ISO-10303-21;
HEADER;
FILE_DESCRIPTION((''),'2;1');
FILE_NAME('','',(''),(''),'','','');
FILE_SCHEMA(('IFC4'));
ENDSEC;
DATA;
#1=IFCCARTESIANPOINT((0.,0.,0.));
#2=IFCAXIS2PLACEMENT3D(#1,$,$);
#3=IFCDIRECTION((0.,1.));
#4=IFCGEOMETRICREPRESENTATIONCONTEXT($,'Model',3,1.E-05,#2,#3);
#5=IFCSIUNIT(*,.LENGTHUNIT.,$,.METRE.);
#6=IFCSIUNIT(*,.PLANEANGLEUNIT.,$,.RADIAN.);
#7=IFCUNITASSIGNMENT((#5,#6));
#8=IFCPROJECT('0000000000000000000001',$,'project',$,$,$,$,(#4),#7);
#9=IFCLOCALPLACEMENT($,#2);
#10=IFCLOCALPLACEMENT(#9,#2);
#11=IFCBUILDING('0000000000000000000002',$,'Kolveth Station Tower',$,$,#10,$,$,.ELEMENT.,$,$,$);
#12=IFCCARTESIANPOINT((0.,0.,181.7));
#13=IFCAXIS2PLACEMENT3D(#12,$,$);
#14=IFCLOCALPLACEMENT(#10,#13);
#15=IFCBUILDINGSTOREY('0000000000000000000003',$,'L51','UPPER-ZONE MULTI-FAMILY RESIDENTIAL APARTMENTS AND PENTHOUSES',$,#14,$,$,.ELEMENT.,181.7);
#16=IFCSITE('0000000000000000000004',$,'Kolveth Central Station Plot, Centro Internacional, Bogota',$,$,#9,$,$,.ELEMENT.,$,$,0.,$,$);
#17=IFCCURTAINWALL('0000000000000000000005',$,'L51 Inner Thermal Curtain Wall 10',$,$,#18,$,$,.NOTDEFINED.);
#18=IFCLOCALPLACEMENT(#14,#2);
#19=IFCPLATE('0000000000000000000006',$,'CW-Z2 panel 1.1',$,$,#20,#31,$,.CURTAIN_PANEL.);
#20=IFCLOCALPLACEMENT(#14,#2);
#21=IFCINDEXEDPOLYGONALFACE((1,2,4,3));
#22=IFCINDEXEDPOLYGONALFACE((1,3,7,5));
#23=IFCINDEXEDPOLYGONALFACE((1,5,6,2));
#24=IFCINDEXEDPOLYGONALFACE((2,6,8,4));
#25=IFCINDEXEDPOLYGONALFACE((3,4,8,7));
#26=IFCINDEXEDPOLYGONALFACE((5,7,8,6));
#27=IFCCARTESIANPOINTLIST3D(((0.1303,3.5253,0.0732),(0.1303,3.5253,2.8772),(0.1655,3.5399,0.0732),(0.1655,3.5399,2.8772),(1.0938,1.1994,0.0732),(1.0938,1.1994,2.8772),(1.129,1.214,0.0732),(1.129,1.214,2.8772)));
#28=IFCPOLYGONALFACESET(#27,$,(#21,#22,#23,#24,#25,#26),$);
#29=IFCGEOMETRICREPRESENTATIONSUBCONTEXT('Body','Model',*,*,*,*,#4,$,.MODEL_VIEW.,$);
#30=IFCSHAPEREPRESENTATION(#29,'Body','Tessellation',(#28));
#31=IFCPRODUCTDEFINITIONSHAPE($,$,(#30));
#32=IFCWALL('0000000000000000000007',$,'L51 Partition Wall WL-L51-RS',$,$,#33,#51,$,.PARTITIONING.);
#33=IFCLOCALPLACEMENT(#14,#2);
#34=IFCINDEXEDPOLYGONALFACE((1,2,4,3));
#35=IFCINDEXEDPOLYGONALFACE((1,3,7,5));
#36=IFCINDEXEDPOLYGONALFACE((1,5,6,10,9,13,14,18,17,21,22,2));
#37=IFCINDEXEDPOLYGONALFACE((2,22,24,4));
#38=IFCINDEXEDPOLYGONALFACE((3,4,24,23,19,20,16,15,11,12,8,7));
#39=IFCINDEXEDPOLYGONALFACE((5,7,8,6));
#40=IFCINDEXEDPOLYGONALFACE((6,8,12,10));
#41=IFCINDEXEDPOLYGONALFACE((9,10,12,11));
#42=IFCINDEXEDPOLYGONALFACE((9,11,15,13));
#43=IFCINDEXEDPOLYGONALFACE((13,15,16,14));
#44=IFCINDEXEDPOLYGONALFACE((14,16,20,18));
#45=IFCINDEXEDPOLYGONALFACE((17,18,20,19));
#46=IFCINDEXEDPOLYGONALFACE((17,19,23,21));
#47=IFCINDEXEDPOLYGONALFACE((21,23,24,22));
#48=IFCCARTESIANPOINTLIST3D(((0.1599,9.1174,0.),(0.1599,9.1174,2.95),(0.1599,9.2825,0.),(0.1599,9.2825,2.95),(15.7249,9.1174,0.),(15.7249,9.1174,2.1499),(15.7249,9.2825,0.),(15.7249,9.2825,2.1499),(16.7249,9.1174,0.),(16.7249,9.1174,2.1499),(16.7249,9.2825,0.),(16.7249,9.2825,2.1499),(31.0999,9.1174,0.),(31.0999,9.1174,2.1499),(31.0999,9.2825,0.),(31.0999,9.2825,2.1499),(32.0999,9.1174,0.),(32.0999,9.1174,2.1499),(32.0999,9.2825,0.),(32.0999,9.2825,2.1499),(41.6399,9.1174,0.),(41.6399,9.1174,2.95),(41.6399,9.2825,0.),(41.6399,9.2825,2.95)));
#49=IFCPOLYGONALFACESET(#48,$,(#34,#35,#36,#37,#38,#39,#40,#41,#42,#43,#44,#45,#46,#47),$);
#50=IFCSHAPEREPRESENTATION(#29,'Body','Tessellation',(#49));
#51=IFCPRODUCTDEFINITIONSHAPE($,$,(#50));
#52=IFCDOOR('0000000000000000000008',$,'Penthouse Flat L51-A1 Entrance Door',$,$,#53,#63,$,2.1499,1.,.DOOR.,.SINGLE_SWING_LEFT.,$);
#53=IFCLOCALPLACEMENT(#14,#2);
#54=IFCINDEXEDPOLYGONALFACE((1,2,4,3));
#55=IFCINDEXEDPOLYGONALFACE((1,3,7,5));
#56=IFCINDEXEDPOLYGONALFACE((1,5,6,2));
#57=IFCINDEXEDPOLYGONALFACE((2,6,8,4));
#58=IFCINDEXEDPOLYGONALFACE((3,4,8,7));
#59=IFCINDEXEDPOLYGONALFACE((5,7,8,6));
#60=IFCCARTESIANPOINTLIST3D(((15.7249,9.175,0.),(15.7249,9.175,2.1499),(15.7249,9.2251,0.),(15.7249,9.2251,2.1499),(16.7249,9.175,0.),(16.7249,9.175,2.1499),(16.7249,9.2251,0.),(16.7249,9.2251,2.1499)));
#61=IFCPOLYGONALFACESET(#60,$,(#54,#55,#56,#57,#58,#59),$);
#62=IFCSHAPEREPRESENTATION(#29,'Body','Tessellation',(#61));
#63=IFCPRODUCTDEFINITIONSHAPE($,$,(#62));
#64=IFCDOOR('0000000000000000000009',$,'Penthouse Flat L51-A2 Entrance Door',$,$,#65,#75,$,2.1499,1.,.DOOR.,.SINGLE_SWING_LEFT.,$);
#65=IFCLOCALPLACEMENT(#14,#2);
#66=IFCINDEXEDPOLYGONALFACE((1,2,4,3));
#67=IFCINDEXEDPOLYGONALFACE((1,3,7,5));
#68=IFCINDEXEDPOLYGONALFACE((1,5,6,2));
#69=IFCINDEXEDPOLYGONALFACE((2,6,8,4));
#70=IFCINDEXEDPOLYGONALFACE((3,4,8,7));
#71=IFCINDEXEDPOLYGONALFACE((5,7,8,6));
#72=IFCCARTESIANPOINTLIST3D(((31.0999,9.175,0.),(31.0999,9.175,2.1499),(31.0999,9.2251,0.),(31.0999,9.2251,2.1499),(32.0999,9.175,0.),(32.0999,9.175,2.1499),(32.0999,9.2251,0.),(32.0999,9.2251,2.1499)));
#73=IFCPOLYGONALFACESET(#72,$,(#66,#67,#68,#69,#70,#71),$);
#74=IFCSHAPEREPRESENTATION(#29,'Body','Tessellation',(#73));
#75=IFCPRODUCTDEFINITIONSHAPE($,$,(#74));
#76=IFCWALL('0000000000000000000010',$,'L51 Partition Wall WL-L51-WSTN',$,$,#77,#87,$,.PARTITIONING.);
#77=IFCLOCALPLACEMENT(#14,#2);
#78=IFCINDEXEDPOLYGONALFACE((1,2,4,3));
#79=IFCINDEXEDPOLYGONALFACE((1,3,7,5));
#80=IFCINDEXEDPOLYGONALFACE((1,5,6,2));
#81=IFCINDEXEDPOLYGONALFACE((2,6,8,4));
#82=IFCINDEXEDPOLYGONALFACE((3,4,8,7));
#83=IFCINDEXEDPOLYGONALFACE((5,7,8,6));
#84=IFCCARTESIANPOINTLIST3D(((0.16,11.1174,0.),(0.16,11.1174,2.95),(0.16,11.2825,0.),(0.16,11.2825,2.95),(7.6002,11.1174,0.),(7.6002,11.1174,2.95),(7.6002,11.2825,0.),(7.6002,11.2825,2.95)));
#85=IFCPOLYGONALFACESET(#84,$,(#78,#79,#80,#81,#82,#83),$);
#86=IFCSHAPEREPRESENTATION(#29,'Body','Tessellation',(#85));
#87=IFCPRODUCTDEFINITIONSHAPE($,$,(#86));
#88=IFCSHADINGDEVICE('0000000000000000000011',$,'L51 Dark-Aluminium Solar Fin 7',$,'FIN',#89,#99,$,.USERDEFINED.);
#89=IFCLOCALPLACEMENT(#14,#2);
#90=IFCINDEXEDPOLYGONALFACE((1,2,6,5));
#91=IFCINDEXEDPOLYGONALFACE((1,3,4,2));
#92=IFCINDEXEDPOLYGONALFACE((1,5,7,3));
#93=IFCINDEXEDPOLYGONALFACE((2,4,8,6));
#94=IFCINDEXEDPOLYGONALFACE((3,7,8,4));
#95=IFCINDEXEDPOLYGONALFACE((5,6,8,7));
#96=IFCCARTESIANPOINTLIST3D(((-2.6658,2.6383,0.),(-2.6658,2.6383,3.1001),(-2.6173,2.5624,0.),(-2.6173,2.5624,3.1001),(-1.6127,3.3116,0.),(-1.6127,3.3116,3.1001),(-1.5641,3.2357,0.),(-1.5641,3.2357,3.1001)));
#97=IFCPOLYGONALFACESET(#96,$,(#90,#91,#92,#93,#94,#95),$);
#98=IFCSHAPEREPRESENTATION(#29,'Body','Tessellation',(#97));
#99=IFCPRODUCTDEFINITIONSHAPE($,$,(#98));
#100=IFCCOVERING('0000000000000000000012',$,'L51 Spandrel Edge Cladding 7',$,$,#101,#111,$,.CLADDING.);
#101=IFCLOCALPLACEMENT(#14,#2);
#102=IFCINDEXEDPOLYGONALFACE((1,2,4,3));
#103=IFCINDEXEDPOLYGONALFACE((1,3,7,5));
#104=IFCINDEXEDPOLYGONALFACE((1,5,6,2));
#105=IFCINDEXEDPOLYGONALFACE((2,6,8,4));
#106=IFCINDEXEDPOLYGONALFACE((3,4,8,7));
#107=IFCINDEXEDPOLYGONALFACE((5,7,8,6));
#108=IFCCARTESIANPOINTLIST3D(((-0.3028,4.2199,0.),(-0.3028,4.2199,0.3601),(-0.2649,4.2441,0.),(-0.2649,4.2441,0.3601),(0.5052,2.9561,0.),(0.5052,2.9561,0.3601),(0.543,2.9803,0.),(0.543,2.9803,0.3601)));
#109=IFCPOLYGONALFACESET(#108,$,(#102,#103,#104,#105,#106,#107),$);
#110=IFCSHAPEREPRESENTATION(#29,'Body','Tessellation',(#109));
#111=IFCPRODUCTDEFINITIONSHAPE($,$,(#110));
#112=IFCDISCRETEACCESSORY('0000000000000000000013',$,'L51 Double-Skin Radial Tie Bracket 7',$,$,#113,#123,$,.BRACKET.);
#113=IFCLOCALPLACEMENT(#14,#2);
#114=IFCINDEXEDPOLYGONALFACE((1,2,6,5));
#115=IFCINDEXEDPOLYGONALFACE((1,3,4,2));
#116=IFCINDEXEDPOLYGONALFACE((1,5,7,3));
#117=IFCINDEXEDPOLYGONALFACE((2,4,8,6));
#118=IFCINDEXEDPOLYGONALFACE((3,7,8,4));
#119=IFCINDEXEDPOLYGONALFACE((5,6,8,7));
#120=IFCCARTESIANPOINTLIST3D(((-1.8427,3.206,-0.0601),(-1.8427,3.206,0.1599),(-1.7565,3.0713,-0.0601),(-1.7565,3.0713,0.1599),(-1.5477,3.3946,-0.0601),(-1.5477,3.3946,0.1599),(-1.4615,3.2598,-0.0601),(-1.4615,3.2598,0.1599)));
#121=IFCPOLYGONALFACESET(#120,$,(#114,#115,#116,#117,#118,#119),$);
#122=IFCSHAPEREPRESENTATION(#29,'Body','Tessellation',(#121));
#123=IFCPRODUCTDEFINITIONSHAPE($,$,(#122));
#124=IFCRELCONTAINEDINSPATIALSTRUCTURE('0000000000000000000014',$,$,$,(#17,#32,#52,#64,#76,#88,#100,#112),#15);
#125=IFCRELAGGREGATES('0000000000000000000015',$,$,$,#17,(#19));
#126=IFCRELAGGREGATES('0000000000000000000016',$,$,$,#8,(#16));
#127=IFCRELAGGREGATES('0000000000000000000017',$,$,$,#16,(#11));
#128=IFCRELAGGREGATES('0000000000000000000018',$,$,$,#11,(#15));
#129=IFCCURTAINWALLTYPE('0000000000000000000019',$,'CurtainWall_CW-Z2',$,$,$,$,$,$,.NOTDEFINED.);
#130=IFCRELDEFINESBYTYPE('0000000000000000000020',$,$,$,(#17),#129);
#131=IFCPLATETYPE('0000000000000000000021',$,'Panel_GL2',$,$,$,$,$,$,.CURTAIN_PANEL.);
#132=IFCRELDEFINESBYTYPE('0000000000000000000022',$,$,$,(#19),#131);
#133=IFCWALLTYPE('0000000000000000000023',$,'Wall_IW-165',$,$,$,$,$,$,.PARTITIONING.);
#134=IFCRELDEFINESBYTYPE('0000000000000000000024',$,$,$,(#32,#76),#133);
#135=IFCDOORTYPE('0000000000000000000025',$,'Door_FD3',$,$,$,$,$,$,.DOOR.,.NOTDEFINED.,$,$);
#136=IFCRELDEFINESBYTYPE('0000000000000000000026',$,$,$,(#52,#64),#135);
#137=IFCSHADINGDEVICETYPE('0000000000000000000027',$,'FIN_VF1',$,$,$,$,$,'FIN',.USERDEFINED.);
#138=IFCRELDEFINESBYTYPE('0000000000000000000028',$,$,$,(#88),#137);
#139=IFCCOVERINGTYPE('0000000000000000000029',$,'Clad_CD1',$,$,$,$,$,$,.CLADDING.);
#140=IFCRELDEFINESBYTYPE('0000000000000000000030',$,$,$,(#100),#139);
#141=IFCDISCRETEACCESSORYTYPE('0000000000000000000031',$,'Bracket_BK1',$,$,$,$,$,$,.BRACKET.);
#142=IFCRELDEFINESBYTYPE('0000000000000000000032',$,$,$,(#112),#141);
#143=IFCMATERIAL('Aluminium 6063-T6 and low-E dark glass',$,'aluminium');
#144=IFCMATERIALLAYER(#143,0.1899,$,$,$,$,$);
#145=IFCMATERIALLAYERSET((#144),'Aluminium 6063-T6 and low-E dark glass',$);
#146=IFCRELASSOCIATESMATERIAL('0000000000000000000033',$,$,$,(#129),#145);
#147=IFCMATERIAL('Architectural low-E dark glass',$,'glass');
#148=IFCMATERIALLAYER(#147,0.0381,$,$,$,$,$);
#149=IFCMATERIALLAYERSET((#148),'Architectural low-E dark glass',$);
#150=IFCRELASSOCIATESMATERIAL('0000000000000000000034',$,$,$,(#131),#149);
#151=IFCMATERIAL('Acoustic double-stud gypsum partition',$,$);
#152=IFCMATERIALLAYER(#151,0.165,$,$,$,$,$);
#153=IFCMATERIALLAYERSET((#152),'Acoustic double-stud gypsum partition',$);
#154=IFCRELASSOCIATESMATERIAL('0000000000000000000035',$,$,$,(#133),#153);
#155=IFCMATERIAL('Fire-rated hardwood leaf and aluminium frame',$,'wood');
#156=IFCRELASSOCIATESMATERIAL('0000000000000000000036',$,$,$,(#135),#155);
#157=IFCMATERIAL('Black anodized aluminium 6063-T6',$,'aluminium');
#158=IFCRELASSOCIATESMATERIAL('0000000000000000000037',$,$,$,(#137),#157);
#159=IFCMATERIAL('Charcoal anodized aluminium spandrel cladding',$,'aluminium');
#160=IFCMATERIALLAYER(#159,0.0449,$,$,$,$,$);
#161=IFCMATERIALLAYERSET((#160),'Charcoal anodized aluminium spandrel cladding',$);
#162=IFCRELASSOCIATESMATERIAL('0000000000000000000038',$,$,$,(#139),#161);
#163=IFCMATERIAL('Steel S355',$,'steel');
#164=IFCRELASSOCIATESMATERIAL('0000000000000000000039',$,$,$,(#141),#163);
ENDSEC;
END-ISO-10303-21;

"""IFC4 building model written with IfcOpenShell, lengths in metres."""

from ifc_helpers import new_model, si_unit, direction, frame, frame_2d, origin, origin_2d, place, context, subcontext, project, spatial, rectangle, extrude, source, transform, mapped, material, layer, layer_set, type_object, element, fill, aggregate, save


model = new_model("IFC4")

# Units and contexts
model_context = context("Model", 3, precision=1e-05, world=origin(), true_north=direction((0.0, 1.0)))
body_context = subcontext(model_context, "Body", "Model", "MODEL_VIEW")
ifc_project = project(units=[si_unit("LENGTHUNIT", "METRE"), si_unit("PLANEANGLEUNIT", "RADIAN")], contexts=[model_context])

# Site, building, storey
site_placement = place(None, origin())
site = spatial("IfcSite", under=ifc_project, at=site_placement, Name="Kolveth Central Station Plot, Centro Internacional, Bogota", CompositionType="ELEMENT", RefElevation=0.0)
building_placement = place(site_placement, origin())
building = spatial("IfcBuilding", under=site, at=building_placement, Name="Kolveth Station Tower", CompositionType="ELEMENT")
storey_placement = place(building_placement, frame((0.0, 0.0, 181.7)))
storey = spatial("IfcBuildingStorey", under=building, at=storey_placement, Name="L51", Description="UPPER-ZONE MULTI-FAMILY RESIDENTIAL APARTMENTS AND PENTHOUSES", CompositionType="ELEMENT", Elevation=181.7)

# Shared definitions
ifc_material_1 = material(Name="Steel S355", Category="steel")

# Curtain wall
ifc_material_2 = material(Name="Aluminium 6063-T6 and low-E dark glass", Category="aluminium")
ifc_layer_1 = layer(ifc_material_2, 0.1899)
ifc_layer_set_1 = layer_set([ifc_layer_1], Name="Aluminium 6063-T6 and low-E dark glass")
curtain_wall_type_1 = type_object("IfcCurtainWallType", Name="CurtainWall_CW-Z2", PredefinedType="NOTDEFINED", material=ifc_layer_set_1)
ifc_material_3 = material(Name="Black anodized aluminium 6063-T6", Category="aluminium")
curtain_wall_1_placement = place(storey_placement, origin())
curtain_wall_1 = element("IfcCurtainWall", 1, at=curtain_wall_1_placement, inside=storey, type_object=curtain_wall_type_1, Name="L51 Inner Thermal Curtain Wall 10", PredefinedType="NOTDEFINED")

# Plate
ifc_material_4 = material(Name="Architectural low-E dark glass", Category="glass")
ifc_layer_2 = layer(ifc_material_4, 0.0381)
ifc_layer_set_2 = layer_set([ifc_layer_2], Name="Architectural low-E dark glass")
plate_type = type_object("IfcPlateType", Name="Panel_GL2", PredefinedType="CURTAIN_PANEL", material=ifc_layer_set_2)
shared_shape_1 = source(origin(), body_context, "Body", "SweptSolid", [
    extrude(rectangle(XDim=2.5176, YDim=0.0381, at=origin_2d()), origin(), (0.0, 0.0, 1.0), 2.804),
])
plate_placement = place(storey_placement, frame((0.6296, 2.3696, 0.0732), z_axis=(0.0, 0.0, 1.0), x_axis=(0.382698, -0.923874, 0.0)))
plate = element("IfcPlate", 2, at=plate_placement, type_object=plate_type, Name="CW-Z2 panel 1.1", PredefinedType="CURTAIN_PANEL", context=body_context, shape_type="MappedRepresentation", body=[
    mapped(shared_shape_1, transform((0.0, 0.0, 0.0), x_axis=(1.0, 0.0, 0.0), y_axis=(0.0, 1.0, 0.0), z_axis=(0.0, 0.0, 1.0), scale=1.0)),
])
aggregate(curtain_wall_1, [plate])

# Wall, openings, doors
ifc_material_5 = material(Name="Acoustic double-stud gypsum partition")
ifc_layer_3 = layer(ifc_material_5, 0.165)
ifc_layer_set_3 = layer_set([ifc_layer_3], Name="Acoustic double-stud gypsum partition")
wall_type = type_object("IfcWallType", Name="Wall_IW-165", PredefinedType="PARTITIONING", material=ifc_layer_set_3)
wall_1_placement = place(storey_placement, frame((0.1599, 9.2, 0.0), z_axis=(0.0, 0.0, 1.0), x_axis=(1.0, 0.0, 0.0)))
wall_1 = element("IfcWall", 3, at=wall_1_placement, inside=storey, type_object=wall_type, Name="L51 Partition Wall WL-L51-RS", PredefinedType="PARTITIONING", context=body_context, shape_type="SweptSolid", body=[
    extrude(rectangle(XDim=41.48, YDim=0.165, at=frame_2d((20.74, 0.0))), origin(), (0.0, 0.0, 1.0), 2.95),
])
opening_1_placement = place(wall_1_placement, frame((15.5649, 0.0, 0.0)))
opening_1 = element("IfcOpeningElement", 4, at=opening_1_placement, cuts=wall_1, PredefinedType="OPENING", context=body_context, shape_type="SweptSolid", body=[
    extrude(rectangle(XDim=1.0, YDim=2.1499, at=frame_2d((0.5, 1.075))), frame((0.0, 0.0925, 0.0), z_axis=(0.0, -1.0, 0.0), x_axis=(1.0, 0.0, 0.0)), (0.0, 0.0, 1.0), 0.1851),
])
opening_2_placement = place(wall_1_placement, frame((30.9399, 0.0, 0.0)))
opening_2 = element("IfcOpeningElement", 5, at=opening_2_placement, cuts=wall_1, PredefinedType="OPENING", context=body_context, shape_type="SweptSolid", body=[
    extrude(rectangle(XDim=1.0, YDim=2.1499, at=frame_2d((0.5, 1.075))), frame((0.0, 0.0925, 0.0), z_axis=(0.0, -1.0, 0.0), x_axis=(1.0, 0.0, 0.0)), (0.0, 0.0, 1.0), 0.1851),
])
ifc_material_6 = material(Name="Fire-rated hardwood leaf and aluminium frame", Category="wood")
door_type = type_object("IfcDoorType", Name="Door_FD3", OperationType="NOTDEFINED", PredefinedType="DOOR", material=ifc_material_6)
door_1_placement = place(opening_1_placement, frame((1.0, 0.0, 0.0), z_axis=(0.0, 0.0, 1.0), x_axis=(-1.0, 0.0, 0.0)))
door_1 = element("IfcDoor", 6, at=door_1_placement, inside=storey, type_object=door_type, Name="Penthouse Flat L51-A1 Entrance Door", OperationType="SINGLE_SWING_LEFT", OverallHeight=2.1499, OverallWidth=1.0, PredefinedType="DOOR", context=body_context, shape_type="SweptSolid", body=[
    extrude(rectangle(XDim=1.0, YDim=2.1499, at=frame_2d((0.5, 1.075))), frame((0.0, 0.0249, 0.0), z_axis=(0.0, -1.0, 0.0), x_axis=(1.0, 0.0, 0.0)), (0.0, 0.0, 1.0), 0.05),
])
fill(opening_1, door_1)
door_2_placement = place(opening_2_placement, frame((1.0, 0.0, 0.0), z_axis=(0.0, 0.0, 1.0), x_axis=(-1.0, 0.0, 0.0)))
door_2 = element("IfcDoor", 7, at=door_2_placement, inside=storey, type_object=door_type, Name="Penthouse Flat L51-A2 Entrance Door", OperationType="SINGLE_SWING_LEFT", OverallHeight=2.1499, OverallWidth=1.0, PredefinedType="DOOR", context=body_context, shape_type="SweptSolid", body=[
    extrude(rectangle(XDim=1.0, YDim=2.1499, at=frame_2d((0.5, 1.075))), frame((0.0, 0.0249, 0.0), z_axis=(0.0, -1.0, 0.0), x_axis=(1.0, 0.0, 0.0)), (0.0, 0.0, 1.0), 0.05),
])
fill(opening_2, door_2)

# Wall
wall_2_placement = place(storey_placement, frame((0.1599, 11.2, 0.0), z_axis=(0.0, 0.0, 1.0), x_axis=(1.0, 0.0, 0.0)))
element("IfcWall", 8, at=wall_2_placement, inside=storey, type_object=wall_type, Name="L51 Partition Wall WL-L51-WSTN", PredefinedType="PARTITIONING", context=body_context, shape_type="SweptSolid", body=[
    extrude(rectangle(XDim=7.4402, YDim=0.165, at=frame_2d((3.7202, 0.0))), origin(), (0.0, 0.0, 1.0), 2.95),
])

# Shading device
shading_device_type = type_object("IfcShadingDeviceType", Name="FIN_VF1", ElementType="FIN", PredefinedType="USERDEFINED", material=ifc_material_3)
shared_shape_2 = source(origin(), body_context, "Body", "SweptSolid", [
    extrude(rectangle(XDim=1.25, YDim=0.0901, at=origin_2d()), origin(), (0.0, 0.0, 1.0), 3.1001),
])
shading_device_placement = place(storey_placement, frame((-2.115, 2.937, 0.0), z_axis=(0.0, 0.0, 1.0), x_axis=(-0.842546, -0.538624, 0.0)))
element("IfcShadingDevice", 9, at=shading_device_placement, inside=storey, type_object=shading_device_type, Name="L51 Dark-Aluminium Solar Fin 7", ObjectType="FIN", PredefinedType="USERDEFINED", context=body_context, shape_type="MappedRepresentation", body=[
    mapped(shared_shape_2, transform((0.0, 0.0, 0.0), x_axis=(1.0, 0.0, 0.0), y_axis=(0.0, 1.0, 0.0), z_axis=(0.0, 0.0, 1.0), scale=1.0)),
])

# Covering
ifc_material_7 = material(Name="Charcoal anodized aluminium spandrel cladding", Category="aluminium")
ifc_layer_4 = layer(ifc_material_7, 0.0449)
ifc_layer_set_4 = layer_set([ifc_layer_4], Name="Charcoal anodized aluminium spandrel cladding")
covering_type = type_object("IfcCoveringType", Name="Clad_CD1", PredefinedType="CLADDING", material=ifc_layer_set_4)
shared_shape_3 = source(origin(), body_context, "Body", "SweptSolid", [
    extrude(rectangle(XDim=1.5, YDim=0.0449, at=origin_2d()), origin(), (0.0, 0.0, 1.0), 0.3601),
])
covering_placement = place(storey_placement, frame((0.1201, 3.6001, 0.0), z_axis=(0.0, 0.0, 1.0), x_axis=(0.538624, -0.842546, 0.0)))
element("IfcCovering", 10, at=covering_placement, inside=storey, type_object=covering_type, Name="L51 Spandrel Edge Cladding 7", PredefinedType="CLADDING", context=body_context, shape_type="MappedRepresentation", body=[
    mapped(shared_shape_3, transform((0.0, 0.0, 0.0), x_axis=(1.0, 0.0, 0.0), y_axis=(0.0, 1.0, 0.0), z_axis=(0.0, 0.0, 1.0), scale=1.0)),
])

# Discrete accessory
discrete_accessory_type = type_object("IfcDiscreteAccessoryType", Name="Bracket_BK1", PredefinedType="BRACKET", material=ifc_material_1)
shared_shape_4 = source(origin(), body_context, "Body", "SweptSolid", [
    extrude(rectangle(XDim=0.3501, YDim=0.1599, at=origin_2d()), origin(), (0.0, 0.0, 1.0), 0.22),
])
discrete_accessory_placement = place(storey_placement, frame((-1.6521, 3.2329, -0.0601), z_axis=(0.0, 0.0, 1.0), x_axis=(-0.842546, -0.538624, 0.0)))
element("IfcDiscreteAccessory", 11, at=discrete_accessory_placement, inside=storey, type_object=discrete_accessory_type, Name="L51 Double-Skin Radial Tie Bracket 7", PredefinedType="BRACKET", context=body_context, shape_type="MappedRepresentation", body=[
    mapped(shared_shape_4, transform((0.0, 0.0, 0.0), x_axis=(1.0, 0.0, 0.0), y_axis=(0.0, 1.0, 0.0), z_axis=(0.0, 0.0, 1.0), scale=1.0)),
])

save(model, "model.ifc")
